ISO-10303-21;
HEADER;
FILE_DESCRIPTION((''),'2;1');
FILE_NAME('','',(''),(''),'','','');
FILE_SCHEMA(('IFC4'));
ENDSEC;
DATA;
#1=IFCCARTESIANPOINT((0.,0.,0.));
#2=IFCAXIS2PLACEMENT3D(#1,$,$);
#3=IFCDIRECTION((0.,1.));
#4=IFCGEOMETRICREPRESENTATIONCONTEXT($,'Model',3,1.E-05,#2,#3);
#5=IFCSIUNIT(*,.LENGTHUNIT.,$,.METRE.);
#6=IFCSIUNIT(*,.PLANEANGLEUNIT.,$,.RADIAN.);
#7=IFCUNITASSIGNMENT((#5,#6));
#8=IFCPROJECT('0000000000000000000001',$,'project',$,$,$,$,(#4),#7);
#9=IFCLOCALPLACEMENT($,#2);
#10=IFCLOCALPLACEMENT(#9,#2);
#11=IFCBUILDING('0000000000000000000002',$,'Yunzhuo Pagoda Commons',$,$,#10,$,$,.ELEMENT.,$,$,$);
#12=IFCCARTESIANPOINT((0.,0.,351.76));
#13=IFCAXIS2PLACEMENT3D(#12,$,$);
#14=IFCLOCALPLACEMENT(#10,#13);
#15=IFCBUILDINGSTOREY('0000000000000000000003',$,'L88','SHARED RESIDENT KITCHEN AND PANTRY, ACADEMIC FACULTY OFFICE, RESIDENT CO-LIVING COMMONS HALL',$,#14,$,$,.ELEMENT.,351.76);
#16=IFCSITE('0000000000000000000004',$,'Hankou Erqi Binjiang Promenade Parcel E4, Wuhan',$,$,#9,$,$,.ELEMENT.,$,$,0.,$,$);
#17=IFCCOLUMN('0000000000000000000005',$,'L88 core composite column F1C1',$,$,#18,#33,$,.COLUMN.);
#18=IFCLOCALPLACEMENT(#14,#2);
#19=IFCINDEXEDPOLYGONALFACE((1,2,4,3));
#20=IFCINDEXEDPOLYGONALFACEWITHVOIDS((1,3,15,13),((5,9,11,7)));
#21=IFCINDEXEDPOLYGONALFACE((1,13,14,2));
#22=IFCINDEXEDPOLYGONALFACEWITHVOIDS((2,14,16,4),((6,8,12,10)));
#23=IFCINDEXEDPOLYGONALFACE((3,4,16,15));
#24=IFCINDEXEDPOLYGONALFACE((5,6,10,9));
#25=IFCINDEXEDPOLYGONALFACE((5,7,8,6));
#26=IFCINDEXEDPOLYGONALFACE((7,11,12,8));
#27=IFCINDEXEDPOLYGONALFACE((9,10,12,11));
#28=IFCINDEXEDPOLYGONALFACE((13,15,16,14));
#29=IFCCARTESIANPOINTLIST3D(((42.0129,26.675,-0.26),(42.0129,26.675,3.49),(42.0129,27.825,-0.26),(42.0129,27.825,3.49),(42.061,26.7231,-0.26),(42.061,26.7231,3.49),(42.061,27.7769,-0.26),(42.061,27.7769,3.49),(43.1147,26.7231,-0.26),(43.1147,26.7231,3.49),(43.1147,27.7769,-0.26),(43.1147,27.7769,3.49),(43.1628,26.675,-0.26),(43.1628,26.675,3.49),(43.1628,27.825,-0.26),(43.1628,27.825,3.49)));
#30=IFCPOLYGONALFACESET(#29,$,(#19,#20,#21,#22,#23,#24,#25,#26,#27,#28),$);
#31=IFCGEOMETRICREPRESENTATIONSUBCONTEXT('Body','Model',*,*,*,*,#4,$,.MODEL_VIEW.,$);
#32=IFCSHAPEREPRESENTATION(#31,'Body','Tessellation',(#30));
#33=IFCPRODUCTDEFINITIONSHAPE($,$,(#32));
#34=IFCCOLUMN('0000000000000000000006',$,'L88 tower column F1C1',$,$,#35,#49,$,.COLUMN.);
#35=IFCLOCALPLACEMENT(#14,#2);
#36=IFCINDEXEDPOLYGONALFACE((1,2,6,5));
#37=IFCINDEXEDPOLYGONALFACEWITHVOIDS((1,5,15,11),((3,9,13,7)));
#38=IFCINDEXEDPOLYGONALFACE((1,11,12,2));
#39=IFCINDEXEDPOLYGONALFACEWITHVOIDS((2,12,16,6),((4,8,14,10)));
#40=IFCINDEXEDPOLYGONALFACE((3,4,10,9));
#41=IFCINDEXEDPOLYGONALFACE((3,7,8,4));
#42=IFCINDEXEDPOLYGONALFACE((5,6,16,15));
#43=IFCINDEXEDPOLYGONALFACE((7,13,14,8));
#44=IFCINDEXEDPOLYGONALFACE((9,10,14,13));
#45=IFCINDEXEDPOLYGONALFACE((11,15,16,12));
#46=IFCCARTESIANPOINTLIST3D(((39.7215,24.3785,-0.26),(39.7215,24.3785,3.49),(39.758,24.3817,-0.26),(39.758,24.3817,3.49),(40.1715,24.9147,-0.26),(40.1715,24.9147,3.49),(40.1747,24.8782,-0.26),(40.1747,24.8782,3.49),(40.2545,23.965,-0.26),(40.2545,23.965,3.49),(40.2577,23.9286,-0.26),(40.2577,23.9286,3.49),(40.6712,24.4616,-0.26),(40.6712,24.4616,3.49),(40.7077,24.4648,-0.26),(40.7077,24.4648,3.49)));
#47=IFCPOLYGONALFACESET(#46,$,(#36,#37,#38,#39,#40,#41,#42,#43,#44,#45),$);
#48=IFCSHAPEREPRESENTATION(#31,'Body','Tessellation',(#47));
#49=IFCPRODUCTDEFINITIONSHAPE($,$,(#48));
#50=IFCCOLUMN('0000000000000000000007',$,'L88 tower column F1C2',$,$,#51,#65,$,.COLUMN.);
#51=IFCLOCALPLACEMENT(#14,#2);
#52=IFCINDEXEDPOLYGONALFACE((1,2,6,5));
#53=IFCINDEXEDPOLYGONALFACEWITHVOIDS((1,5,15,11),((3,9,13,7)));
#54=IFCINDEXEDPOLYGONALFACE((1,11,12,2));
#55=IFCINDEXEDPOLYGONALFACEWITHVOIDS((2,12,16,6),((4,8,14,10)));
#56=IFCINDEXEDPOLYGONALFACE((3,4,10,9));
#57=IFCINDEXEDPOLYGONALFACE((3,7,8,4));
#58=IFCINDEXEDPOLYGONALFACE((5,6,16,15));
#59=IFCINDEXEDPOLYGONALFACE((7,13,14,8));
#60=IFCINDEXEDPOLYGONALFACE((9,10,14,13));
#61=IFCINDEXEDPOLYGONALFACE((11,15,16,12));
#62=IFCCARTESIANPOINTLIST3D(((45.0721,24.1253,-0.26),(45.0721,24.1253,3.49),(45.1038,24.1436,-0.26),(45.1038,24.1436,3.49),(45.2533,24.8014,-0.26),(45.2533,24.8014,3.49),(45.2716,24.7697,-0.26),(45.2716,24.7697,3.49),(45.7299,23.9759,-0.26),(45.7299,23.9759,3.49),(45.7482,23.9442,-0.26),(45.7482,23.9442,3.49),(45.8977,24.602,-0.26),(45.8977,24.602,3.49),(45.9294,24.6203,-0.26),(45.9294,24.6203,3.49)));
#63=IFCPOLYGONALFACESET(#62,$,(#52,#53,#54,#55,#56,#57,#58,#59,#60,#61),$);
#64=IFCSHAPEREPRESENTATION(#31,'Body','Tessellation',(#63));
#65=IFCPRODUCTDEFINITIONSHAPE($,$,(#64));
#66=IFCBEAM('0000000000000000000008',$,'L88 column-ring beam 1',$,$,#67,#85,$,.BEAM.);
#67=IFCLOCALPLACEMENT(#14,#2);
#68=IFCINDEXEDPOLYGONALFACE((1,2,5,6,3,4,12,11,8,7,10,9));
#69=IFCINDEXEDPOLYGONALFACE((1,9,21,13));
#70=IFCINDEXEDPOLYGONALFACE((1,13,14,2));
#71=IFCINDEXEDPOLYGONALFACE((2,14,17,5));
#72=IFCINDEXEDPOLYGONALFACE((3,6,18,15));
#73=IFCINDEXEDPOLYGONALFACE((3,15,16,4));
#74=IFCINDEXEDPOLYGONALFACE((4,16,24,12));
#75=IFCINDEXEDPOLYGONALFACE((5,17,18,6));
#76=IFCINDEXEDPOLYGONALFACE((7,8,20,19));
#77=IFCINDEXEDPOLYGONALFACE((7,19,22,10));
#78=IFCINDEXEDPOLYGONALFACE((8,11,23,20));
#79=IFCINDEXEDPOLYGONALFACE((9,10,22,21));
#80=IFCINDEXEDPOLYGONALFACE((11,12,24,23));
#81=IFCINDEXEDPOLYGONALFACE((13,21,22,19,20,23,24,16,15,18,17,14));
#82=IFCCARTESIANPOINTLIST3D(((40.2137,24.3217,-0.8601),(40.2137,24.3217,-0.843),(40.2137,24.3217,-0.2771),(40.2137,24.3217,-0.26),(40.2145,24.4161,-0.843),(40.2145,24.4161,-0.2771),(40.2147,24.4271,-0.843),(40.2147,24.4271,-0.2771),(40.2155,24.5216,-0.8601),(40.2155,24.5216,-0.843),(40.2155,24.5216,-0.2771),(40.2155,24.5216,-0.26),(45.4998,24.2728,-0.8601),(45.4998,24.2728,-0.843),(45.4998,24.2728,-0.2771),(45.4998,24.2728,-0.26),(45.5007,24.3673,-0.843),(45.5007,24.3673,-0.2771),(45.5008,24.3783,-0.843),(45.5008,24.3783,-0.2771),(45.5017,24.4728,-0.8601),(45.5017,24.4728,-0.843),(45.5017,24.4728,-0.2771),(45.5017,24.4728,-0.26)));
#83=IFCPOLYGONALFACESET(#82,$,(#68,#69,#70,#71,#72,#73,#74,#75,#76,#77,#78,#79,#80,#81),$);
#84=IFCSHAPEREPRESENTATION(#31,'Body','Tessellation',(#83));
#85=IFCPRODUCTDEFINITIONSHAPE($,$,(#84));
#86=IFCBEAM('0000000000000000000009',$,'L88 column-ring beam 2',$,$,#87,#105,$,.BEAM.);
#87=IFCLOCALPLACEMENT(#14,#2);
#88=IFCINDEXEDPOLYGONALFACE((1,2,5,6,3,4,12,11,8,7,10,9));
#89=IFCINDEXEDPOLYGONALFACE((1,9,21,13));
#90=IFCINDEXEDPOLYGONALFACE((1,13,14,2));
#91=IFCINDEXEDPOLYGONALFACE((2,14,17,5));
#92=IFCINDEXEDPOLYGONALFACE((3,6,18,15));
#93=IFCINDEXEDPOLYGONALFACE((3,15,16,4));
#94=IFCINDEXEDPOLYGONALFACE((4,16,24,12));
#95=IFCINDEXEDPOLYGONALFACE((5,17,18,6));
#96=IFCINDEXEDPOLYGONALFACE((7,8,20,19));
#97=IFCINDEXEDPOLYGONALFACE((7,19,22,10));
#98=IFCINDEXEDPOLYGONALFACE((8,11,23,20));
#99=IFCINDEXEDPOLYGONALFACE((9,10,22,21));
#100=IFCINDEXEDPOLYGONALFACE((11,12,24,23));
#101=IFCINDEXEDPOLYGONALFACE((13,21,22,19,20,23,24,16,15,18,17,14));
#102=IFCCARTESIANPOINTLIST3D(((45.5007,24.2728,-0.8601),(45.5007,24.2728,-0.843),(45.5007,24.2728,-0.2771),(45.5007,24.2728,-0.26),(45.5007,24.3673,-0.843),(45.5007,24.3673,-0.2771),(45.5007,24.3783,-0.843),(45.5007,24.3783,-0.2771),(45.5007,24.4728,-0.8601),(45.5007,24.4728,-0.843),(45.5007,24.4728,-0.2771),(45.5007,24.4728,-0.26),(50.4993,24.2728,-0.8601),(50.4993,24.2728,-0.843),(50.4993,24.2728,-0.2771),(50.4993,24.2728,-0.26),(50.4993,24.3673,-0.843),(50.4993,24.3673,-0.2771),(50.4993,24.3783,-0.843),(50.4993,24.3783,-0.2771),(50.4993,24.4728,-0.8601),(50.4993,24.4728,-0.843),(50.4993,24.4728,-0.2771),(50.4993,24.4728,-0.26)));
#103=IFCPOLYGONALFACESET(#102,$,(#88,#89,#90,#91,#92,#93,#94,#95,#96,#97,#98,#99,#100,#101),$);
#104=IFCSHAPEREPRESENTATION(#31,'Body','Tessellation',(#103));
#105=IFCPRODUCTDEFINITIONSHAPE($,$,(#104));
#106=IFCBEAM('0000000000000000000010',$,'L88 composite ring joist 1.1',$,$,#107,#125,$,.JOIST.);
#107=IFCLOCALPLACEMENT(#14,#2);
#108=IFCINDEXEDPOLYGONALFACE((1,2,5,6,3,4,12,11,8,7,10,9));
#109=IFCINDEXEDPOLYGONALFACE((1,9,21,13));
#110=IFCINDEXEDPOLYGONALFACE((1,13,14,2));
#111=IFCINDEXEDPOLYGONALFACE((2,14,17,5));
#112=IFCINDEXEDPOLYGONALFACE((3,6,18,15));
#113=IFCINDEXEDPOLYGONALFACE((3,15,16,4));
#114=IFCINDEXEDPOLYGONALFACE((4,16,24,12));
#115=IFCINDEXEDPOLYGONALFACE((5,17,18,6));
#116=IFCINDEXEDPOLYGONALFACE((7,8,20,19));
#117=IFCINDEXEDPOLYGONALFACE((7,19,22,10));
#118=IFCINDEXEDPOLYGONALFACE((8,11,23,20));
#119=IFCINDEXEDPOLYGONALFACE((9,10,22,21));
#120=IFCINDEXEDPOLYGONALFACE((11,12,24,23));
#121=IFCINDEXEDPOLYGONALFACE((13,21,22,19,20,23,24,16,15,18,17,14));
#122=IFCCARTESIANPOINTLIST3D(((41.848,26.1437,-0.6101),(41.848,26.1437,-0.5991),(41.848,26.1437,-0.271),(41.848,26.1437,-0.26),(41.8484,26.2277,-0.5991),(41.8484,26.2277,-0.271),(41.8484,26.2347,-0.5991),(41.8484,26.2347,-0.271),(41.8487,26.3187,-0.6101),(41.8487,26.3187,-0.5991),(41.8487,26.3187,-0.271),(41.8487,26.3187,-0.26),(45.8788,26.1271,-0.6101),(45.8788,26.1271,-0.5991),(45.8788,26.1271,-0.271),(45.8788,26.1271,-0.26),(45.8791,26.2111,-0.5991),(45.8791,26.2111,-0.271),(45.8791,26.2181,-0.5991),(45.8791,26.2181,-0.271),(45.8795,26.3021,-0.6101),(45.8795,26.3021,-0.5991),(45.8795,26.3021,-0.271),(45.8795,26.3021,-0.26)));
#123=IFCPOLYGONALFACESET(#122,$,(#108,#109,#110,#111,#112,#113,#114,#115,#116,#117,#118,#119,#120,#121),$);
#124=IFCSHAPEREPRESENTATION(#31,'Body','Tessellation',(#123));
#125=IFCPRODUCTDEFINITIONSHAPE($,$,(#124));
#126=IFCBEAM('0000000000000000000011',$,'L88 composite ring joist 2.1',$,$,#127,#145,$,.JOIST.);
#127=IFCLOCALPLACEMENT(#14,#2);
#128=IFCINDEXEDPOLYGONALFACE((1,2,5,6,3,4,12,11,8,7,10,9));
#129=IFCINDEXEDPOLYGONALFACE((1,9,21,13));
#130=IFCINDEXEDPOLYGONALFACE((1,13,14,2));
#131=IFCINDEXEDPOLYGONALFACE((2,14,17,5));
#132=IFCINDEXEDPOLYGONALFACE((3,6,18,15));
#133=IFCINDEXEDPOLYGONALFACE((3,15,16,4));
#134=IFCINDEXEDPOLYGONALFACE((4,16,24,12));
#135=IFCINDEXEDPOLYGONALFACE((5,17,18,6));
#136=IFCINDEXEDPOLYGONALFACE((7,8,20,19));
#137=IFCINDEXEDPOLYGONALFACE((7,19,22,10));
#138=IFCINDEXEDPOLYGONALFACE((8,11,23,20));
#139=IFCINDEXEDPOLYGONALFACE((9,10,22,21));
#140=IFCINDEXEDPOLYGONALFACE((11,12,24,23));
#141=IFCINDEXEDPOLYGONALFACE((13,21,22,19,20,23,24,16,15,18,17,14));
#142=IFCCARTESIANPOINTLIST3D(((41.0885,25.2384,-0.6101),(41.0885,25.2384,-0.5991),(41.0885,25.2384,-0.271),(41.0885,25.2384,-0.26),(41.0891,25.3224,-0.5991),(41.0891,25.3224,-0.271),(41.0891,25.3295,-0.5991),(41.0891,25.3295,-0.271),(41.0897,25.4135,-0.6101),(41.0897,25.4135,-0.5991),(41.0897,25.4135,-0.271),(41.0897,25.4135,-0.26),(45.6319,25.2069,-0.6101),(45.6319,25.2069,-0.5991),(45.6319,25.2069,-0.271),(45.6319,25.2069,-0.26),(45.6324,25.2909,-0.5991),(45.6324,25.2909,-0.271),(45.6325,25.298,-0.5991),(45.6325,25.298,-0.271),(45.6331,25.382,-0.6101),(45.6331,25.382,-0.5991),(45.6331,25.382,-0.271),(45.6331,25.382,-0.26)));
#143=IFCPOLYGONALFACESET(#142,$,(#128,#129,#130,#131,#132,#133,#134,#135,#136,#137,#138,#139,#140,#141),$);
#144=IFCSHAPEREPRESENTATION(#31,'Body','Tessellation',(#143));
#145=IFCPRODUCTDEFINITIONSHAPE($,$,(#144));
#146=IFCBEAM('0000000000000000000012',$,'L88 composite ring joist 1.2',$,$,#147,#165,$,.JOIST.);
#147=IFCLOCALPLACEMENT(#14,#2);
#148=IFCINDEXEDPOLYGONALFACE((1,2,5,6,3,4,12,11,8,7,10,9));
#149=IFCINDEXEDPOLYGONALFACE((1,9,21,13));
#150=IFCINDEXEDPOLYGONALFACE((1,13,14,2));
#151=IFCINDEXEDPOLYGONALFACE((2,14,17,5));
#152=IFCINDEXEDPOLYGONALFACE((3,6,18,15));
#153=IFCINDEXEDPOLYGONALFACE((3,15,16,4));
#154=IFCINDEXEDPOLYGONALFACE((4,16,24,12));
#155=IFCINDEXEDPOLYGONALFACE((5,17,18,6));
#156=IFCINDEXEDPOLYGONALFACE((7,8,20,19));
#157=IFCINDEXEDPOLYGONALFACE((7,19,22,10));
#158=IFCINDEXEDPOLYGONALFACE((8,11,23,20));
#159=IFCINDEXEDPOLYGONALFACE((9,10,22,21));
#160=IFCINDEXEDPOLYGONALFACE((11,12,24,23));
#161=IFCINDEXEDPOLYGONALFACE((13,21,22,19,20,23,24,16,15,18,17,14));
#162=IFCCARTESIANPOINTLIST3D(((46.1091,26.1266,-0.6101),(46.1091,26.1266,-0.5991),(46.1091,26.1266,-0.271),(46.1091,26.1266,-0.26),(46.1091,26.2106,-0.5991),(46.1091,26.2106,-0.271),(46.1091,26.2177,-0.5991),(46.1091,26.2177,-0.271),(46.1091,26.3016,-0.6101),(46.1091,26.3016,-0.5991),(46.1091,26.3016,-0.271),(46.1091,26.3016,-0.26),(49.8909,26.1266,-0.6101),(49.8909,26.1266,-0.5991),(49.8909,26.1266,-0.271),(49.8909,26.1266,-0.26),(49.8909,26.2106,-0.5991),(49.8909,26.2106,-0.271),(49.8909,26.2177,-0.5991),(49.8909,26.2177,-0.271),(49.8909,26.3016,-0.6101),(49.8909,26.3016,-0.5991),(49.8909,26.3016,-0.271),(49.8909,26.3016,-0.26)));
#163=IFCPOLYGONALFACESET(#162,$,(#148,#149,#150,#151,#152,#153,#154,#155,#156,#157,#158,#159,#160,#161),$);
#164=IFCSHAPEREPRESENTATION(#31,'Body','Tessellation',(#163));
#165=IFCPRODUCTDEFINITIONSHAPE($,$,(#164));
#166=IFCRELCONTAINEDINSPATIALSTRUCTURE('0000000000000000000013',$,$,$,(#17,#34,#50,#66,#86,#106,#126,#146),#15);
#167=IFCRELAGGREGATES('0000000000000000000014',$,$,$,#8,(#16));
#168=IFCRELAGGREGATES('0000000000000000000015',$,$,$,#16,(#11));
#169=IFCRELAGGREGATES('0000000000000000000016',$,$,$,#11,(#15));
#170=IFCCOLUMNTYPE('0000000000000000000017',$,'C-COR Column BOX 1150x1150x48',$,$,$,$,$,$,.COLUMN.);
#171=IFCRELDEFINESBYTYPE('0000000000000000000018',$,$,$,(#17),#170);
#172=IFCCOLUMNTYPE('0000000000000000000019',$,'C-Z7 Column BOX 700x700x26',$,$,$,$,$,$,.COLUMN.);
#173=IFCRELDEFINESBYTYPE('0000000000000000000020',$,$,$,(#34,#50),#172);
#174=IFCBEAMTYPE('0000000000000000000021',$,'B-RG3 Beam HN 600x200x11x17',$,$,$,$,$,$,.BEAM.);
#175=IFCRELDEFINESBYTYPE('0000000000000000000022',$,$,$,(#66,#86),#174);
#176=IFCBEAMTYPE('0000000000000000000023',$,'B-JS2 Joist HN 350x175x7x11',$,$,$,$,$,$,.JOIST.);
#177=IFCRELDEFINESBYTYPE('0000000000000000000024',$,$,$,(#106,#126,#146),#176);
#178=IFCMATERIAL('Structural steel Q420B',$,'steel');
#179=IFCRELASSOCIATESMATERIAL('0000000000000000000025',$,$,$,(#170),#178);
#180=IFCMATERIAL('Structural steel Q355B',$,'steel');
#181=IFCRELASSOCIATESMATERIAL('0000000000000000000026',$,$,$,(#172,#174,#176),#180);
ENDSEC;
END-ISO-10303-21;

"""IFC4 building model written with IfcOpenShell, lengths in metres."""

from ifc_helpers import new_model, si_unit, direction, frame, origin, origin_2d, place, context, subcontext, project, spatial, hollow_rectangle, i_section, extrude, source, transform, mapped, material, material_profile, profile_set, type_object, element, save


model = new_model("IFC4")

# Units and contexts
model_context = context("Model", 3, precision=1e-05, world=origin(), true_north=direction((0.0, 1.0)))
body_context = subcontext(model_context, "Body", "Model", "MODEL_VIEW")
ifc_project = project(units=[si_unit("LENGTHUNIT", "METRE"), si_unit("PLANEANGLEUNIT", "RADIAN")], contexts=[model_context])

# Site, building, storey
site_placement = place(None, origin())
site = spatial("IfcSite", under=ifc_project, at=site_placement, Name="Hankou Erqi Binjiang Promenade Parcel E4, Wuhan", CompositionType="ELEMENT", RefElevation=0.0)
building_placement = place(site_placement, origin())
building = spatial("IfcBuilding", under=site, at=building_placement, Name="Yunzhuo Pagoda Commons", CompositionType="ELEMENT")
storey_placement = place(building_placement, frame((0.0, 0.0, 351.76)))
storey = spatial("IfcBuildingStorey", under=building, at=storey_placement, Name="L88", Description="SHARED RESIDENT KITCHEN AND PANTRY, ACADEMIC FACULTY OFFICE, RESIDENT CO-LIVING COMMONS HALL", CompositionType="ELEMENT", Elevation=351.76)

# Columns
ifc_material_1 = material(Name="Structural steel Q420B", Category="steel")
ifc_material_profile_1 = material_profile(ifc_material_1, hollow_rectangle(XDim=1.1499, YDim=1.1499, WallThickness=0.0481, at=origin_2d()), Name="Structural steel Q420B")
ifc_profile_set_1 = profile_set([ifc_material_profile_1], Name="Structural steel Q420B")
column_type_1 = type_object("IfcColumnType", Name="C-COR Column BOX 1150x1150x48", PredefinedType="COLUMN", material=ifc_profile_set_1)
shared_shape_1 = source(origin(), body_context, "Body", "SweptSolid", [
    extrude(hollow_rectangle(XDim=1.1499, YDim=1.1499, WallThickness=0.0481, at=origin_2d()), origin(), (0.0, 0.0, 1.0), 3.75),
])
column_placement = place(storey_placement, frame((42.5879, 27.25, -0.26), z_axis=(0.0, 0.0, 1.0), x_axis=(1.0, 0.0, 0.0)))
element("IfcColumn", 1, at=column_placement, inside=storey, type_object=column_type_1, Name="L88 core composite column F1C1", PredefinedType="COLUMN", context=body_context, shape_type="MappedRepresentation", body=[
    mapped(shared_shape_1, transform((0.0, 0.0, 0.0), scale=1.0)),
])
ifc_material_2 = material(Name="Structural steel Q355B", Category="steel")
ifc_material_profile_2 = material_profile(ifc_material_2, hollow_rectangle(XDim=0.7, YDim=0.7, WallThickness=0.0259, at=origin_2d()), Name="Structural steel Q355B")
ifc_profile_set_2 = profile_set([ifc_material_profile_2], Name="Structural steel Q355B")
column_type_2 = type_object("IfcColumnType", Name="C-Z7 Column BOX 700x700x26", PredefinedType="COLUMN", material=ifc_profile_set_2)
shared_shape_2 = source(origin(), body_context, "Body", "SweptSolid", [
    extrude(hollow_rectangle(XDim=0.7, YDim=0.7, WallThickness=0.0259, at=origin_2d()), origin(), (0.0, 0.0, 1.0), 3.75),
])
for number, where, z_axis, x_axis, name in (
    (2, (40.2146, 24.4216, -0.26), (0.0, 0.0, 1.0), (0.766044, -0.642788, 0.0), "L88 tower column F1C1"),
    (3, (45.5007, 24.3728, -0.26), (0.0, 0.0, 1.0), (0.965926, -0.258819, 0.0), "L88 tower column F1C2"),
):
    element("IfcColumn", number, at=place(storey_placement, frame(where, z_axis=z_axis, x_axis=x_axis)), inside=storey, type_object=column_type_2, Name=name, PredefinedType="COLUMN", context=body_context, shape_type="MappedRepresentation", body=[
        mapped(shared_shape_2, transform((0.0, 0.0, 0.0), scale=1.0)),
    ])

# Beams
ifc_material_profile_3 = material_profile(ifc_material_2, i_section(OverallWidth=0.2, OverallDepth=0.6001, WebThickness=0.011, FlangeThickness=0.0171, at=origin_2d()), Name="Structural steel Q355B")
ifc_profile_set_3 = profile_set([ifc_material_profile_3], Name="Structural steel Q355B")
beam_type_1 = type_object("IfcBeamType", Name="B-RG3 Beam HN 600x200x11x17", PredefinedType="BEAM", material=ifc_profile_set_3)
shared_shape_3 = source(origin(), body_context, "Body", "SweptSolid", [
    extrude(i_section(OverallWidth=0.2, OverallDepth=0.6001, WebThickness=0.011, FlangeThickness=0.0171, at=origin_2d()), origin(), (0.0, 0.0, 1.0), 5.2864),
])
beam_1_placement = place(storey_placement, frame((40.2146, 24.4216, -0.5601), z_axis=(0.999957, -0.009237, 0.0), x_axis=(0.009237, 0.999957, 0.0)))
element("IfcBeam", 4, at=beam_1_placement, inside=storey, type_object=beam_type_1, Name="L88 column-ring beam 1", PredefinedType="BEAM", context=body_context, shape_type="MappedRepresentation", body=[
    mapped(shared_shape_3, transform((0.0, 0.0, 0.0), scale=1.0)),
])
shared_shape_4 = source(origin(), body_context, "Body", "SweptSolid", [
    extrude(i_section(OverallWidth=0.2, OverallDepth=0.6001, WebThickness=0.011, FlangeThickness=0.0171, at=origin_2d()), origin(), (0.0, 0.0, 1.0), 4.9985),
])
beam_2_placement = place(storey_placement, frame((45.5007, 24.3728, -0.5601), z_axis=(1.0, 0.0, 0.0), x_axis=(0.0, 1.0, 0.0)))
element("IfcBeam", 5, at=beam_2_placement, inside=storey, type_object=beam_type_1, Name="L88 column-ring beam 2", PredefinedType="BEAM", context=body_context, shape_type="MappedRepresentation", body=[
    mapped(shared_shape_4, transform((0.0, 0.0, 0.0), scale=1.0)),
])
ifc_material_profile_4 = material_profile(ifc_material_2, i_section(OverallWidth=0.175, OverallDepth=0.3501, WebThickness=0.0071, FlangeThickness=0.011, at=origin_2d()), Name="Structural steel Q355B")
ifc_profile_set_4 = profile_set([ifc_material_profile_4], Name="Structural steel Q355B")
beam_type_2 = type_object("IfcBeamType", Name="B-JS2 Joist HN 350x175x7x11", PredefinedType="JOIST", material=ifc_profile_set_4)
shared_shape_5 = source(origin(), body_context, "Body", "SweptSolid", [
    extrude(i_section(OverallWidth=0.175, OverallDepth=0.3501, WebThickness=0.0071, FlangeThickness=0.011, at=origin_2d()), origin(), (0.0, 0.0, 1.0), 4.0308),
])
beam_3_placement = place(storey_placement, frame((41.8484, 26.2312, -0.4351), z_axis=(0.999992, -0.004119, 0.0), x_axis=(0.004119, 0.999992, 0.0)))
element("IfcBeam", 6, at=beam_3_placement, inside=storey, type_object=beam_type_2, Name="L88 composite ring joist 1.1", PredefinedType="JOIST", context=body_context, shape_type="MappedRepresentation", body=[
    mapped(shared_shape_5, transform((0.0, 0.0, 0.0), scale=1.0)),
])
shared_shape_6 = source(origin(), body_context, "Body", "SweptSolid", [
    extrude(i_section(OverallWidth=0.175, OverallDepth=0.3501, WebThickness=0.0071, FlangeThickness=0.011, at=origin_2d()), origin(), (0.0, 0.0, 1.0), 4.5435),
])
beam_4_placement = place(storey_placement, frame((41.0891, 25.3259, -0.4351), z_axis=(0.999976, -0.006932, 0.0), x_axis=(0.006932, 0.999976, 0.0)))
element("IfcBeam", 7, at=beam_4_placement, inside=storey, type_object=beam_type_2, Name="L88 composite ring joist 2.1", PredefinedType="JOIST", context=body_context, shape_type="MappedRepresentation", body=[
    mapped(shared_shape_6, transform((0.0, 0.0, 0.0), scale=1.0)),
])
shared_shape_7 = source(origin(), body_context, "Body", "SweptSolid", [
    extrude(i_section(OverallWidth=0.175, OverallDepth=0.3501, WebThickness=0.0071, FlangeThickness=0.011, at=origin_2d()), origin(), (0.0, 0.0, 1.0), 3.7817),
])
beam_5_placement = place(storey_placement, frame((46.1091, 26.2141, -0.4351), z_axis=(1.0, 0.0, 0.0), x_axis=(0.0, 1.0, 0.0)))
element("IfcBeam", 8, at=beam_5_placement, inside=storey, type_object=beam_type_2, Name="L88 composite ring joist 1.2", PredefinedType="JOIST", context=body_context, shape_type="MappedRepresentation", body=[
    mapped(shared_shape_7, transform((0.0, 0.0, 0.0), scale=1.0)),
])

save(model, "model.ifc")
